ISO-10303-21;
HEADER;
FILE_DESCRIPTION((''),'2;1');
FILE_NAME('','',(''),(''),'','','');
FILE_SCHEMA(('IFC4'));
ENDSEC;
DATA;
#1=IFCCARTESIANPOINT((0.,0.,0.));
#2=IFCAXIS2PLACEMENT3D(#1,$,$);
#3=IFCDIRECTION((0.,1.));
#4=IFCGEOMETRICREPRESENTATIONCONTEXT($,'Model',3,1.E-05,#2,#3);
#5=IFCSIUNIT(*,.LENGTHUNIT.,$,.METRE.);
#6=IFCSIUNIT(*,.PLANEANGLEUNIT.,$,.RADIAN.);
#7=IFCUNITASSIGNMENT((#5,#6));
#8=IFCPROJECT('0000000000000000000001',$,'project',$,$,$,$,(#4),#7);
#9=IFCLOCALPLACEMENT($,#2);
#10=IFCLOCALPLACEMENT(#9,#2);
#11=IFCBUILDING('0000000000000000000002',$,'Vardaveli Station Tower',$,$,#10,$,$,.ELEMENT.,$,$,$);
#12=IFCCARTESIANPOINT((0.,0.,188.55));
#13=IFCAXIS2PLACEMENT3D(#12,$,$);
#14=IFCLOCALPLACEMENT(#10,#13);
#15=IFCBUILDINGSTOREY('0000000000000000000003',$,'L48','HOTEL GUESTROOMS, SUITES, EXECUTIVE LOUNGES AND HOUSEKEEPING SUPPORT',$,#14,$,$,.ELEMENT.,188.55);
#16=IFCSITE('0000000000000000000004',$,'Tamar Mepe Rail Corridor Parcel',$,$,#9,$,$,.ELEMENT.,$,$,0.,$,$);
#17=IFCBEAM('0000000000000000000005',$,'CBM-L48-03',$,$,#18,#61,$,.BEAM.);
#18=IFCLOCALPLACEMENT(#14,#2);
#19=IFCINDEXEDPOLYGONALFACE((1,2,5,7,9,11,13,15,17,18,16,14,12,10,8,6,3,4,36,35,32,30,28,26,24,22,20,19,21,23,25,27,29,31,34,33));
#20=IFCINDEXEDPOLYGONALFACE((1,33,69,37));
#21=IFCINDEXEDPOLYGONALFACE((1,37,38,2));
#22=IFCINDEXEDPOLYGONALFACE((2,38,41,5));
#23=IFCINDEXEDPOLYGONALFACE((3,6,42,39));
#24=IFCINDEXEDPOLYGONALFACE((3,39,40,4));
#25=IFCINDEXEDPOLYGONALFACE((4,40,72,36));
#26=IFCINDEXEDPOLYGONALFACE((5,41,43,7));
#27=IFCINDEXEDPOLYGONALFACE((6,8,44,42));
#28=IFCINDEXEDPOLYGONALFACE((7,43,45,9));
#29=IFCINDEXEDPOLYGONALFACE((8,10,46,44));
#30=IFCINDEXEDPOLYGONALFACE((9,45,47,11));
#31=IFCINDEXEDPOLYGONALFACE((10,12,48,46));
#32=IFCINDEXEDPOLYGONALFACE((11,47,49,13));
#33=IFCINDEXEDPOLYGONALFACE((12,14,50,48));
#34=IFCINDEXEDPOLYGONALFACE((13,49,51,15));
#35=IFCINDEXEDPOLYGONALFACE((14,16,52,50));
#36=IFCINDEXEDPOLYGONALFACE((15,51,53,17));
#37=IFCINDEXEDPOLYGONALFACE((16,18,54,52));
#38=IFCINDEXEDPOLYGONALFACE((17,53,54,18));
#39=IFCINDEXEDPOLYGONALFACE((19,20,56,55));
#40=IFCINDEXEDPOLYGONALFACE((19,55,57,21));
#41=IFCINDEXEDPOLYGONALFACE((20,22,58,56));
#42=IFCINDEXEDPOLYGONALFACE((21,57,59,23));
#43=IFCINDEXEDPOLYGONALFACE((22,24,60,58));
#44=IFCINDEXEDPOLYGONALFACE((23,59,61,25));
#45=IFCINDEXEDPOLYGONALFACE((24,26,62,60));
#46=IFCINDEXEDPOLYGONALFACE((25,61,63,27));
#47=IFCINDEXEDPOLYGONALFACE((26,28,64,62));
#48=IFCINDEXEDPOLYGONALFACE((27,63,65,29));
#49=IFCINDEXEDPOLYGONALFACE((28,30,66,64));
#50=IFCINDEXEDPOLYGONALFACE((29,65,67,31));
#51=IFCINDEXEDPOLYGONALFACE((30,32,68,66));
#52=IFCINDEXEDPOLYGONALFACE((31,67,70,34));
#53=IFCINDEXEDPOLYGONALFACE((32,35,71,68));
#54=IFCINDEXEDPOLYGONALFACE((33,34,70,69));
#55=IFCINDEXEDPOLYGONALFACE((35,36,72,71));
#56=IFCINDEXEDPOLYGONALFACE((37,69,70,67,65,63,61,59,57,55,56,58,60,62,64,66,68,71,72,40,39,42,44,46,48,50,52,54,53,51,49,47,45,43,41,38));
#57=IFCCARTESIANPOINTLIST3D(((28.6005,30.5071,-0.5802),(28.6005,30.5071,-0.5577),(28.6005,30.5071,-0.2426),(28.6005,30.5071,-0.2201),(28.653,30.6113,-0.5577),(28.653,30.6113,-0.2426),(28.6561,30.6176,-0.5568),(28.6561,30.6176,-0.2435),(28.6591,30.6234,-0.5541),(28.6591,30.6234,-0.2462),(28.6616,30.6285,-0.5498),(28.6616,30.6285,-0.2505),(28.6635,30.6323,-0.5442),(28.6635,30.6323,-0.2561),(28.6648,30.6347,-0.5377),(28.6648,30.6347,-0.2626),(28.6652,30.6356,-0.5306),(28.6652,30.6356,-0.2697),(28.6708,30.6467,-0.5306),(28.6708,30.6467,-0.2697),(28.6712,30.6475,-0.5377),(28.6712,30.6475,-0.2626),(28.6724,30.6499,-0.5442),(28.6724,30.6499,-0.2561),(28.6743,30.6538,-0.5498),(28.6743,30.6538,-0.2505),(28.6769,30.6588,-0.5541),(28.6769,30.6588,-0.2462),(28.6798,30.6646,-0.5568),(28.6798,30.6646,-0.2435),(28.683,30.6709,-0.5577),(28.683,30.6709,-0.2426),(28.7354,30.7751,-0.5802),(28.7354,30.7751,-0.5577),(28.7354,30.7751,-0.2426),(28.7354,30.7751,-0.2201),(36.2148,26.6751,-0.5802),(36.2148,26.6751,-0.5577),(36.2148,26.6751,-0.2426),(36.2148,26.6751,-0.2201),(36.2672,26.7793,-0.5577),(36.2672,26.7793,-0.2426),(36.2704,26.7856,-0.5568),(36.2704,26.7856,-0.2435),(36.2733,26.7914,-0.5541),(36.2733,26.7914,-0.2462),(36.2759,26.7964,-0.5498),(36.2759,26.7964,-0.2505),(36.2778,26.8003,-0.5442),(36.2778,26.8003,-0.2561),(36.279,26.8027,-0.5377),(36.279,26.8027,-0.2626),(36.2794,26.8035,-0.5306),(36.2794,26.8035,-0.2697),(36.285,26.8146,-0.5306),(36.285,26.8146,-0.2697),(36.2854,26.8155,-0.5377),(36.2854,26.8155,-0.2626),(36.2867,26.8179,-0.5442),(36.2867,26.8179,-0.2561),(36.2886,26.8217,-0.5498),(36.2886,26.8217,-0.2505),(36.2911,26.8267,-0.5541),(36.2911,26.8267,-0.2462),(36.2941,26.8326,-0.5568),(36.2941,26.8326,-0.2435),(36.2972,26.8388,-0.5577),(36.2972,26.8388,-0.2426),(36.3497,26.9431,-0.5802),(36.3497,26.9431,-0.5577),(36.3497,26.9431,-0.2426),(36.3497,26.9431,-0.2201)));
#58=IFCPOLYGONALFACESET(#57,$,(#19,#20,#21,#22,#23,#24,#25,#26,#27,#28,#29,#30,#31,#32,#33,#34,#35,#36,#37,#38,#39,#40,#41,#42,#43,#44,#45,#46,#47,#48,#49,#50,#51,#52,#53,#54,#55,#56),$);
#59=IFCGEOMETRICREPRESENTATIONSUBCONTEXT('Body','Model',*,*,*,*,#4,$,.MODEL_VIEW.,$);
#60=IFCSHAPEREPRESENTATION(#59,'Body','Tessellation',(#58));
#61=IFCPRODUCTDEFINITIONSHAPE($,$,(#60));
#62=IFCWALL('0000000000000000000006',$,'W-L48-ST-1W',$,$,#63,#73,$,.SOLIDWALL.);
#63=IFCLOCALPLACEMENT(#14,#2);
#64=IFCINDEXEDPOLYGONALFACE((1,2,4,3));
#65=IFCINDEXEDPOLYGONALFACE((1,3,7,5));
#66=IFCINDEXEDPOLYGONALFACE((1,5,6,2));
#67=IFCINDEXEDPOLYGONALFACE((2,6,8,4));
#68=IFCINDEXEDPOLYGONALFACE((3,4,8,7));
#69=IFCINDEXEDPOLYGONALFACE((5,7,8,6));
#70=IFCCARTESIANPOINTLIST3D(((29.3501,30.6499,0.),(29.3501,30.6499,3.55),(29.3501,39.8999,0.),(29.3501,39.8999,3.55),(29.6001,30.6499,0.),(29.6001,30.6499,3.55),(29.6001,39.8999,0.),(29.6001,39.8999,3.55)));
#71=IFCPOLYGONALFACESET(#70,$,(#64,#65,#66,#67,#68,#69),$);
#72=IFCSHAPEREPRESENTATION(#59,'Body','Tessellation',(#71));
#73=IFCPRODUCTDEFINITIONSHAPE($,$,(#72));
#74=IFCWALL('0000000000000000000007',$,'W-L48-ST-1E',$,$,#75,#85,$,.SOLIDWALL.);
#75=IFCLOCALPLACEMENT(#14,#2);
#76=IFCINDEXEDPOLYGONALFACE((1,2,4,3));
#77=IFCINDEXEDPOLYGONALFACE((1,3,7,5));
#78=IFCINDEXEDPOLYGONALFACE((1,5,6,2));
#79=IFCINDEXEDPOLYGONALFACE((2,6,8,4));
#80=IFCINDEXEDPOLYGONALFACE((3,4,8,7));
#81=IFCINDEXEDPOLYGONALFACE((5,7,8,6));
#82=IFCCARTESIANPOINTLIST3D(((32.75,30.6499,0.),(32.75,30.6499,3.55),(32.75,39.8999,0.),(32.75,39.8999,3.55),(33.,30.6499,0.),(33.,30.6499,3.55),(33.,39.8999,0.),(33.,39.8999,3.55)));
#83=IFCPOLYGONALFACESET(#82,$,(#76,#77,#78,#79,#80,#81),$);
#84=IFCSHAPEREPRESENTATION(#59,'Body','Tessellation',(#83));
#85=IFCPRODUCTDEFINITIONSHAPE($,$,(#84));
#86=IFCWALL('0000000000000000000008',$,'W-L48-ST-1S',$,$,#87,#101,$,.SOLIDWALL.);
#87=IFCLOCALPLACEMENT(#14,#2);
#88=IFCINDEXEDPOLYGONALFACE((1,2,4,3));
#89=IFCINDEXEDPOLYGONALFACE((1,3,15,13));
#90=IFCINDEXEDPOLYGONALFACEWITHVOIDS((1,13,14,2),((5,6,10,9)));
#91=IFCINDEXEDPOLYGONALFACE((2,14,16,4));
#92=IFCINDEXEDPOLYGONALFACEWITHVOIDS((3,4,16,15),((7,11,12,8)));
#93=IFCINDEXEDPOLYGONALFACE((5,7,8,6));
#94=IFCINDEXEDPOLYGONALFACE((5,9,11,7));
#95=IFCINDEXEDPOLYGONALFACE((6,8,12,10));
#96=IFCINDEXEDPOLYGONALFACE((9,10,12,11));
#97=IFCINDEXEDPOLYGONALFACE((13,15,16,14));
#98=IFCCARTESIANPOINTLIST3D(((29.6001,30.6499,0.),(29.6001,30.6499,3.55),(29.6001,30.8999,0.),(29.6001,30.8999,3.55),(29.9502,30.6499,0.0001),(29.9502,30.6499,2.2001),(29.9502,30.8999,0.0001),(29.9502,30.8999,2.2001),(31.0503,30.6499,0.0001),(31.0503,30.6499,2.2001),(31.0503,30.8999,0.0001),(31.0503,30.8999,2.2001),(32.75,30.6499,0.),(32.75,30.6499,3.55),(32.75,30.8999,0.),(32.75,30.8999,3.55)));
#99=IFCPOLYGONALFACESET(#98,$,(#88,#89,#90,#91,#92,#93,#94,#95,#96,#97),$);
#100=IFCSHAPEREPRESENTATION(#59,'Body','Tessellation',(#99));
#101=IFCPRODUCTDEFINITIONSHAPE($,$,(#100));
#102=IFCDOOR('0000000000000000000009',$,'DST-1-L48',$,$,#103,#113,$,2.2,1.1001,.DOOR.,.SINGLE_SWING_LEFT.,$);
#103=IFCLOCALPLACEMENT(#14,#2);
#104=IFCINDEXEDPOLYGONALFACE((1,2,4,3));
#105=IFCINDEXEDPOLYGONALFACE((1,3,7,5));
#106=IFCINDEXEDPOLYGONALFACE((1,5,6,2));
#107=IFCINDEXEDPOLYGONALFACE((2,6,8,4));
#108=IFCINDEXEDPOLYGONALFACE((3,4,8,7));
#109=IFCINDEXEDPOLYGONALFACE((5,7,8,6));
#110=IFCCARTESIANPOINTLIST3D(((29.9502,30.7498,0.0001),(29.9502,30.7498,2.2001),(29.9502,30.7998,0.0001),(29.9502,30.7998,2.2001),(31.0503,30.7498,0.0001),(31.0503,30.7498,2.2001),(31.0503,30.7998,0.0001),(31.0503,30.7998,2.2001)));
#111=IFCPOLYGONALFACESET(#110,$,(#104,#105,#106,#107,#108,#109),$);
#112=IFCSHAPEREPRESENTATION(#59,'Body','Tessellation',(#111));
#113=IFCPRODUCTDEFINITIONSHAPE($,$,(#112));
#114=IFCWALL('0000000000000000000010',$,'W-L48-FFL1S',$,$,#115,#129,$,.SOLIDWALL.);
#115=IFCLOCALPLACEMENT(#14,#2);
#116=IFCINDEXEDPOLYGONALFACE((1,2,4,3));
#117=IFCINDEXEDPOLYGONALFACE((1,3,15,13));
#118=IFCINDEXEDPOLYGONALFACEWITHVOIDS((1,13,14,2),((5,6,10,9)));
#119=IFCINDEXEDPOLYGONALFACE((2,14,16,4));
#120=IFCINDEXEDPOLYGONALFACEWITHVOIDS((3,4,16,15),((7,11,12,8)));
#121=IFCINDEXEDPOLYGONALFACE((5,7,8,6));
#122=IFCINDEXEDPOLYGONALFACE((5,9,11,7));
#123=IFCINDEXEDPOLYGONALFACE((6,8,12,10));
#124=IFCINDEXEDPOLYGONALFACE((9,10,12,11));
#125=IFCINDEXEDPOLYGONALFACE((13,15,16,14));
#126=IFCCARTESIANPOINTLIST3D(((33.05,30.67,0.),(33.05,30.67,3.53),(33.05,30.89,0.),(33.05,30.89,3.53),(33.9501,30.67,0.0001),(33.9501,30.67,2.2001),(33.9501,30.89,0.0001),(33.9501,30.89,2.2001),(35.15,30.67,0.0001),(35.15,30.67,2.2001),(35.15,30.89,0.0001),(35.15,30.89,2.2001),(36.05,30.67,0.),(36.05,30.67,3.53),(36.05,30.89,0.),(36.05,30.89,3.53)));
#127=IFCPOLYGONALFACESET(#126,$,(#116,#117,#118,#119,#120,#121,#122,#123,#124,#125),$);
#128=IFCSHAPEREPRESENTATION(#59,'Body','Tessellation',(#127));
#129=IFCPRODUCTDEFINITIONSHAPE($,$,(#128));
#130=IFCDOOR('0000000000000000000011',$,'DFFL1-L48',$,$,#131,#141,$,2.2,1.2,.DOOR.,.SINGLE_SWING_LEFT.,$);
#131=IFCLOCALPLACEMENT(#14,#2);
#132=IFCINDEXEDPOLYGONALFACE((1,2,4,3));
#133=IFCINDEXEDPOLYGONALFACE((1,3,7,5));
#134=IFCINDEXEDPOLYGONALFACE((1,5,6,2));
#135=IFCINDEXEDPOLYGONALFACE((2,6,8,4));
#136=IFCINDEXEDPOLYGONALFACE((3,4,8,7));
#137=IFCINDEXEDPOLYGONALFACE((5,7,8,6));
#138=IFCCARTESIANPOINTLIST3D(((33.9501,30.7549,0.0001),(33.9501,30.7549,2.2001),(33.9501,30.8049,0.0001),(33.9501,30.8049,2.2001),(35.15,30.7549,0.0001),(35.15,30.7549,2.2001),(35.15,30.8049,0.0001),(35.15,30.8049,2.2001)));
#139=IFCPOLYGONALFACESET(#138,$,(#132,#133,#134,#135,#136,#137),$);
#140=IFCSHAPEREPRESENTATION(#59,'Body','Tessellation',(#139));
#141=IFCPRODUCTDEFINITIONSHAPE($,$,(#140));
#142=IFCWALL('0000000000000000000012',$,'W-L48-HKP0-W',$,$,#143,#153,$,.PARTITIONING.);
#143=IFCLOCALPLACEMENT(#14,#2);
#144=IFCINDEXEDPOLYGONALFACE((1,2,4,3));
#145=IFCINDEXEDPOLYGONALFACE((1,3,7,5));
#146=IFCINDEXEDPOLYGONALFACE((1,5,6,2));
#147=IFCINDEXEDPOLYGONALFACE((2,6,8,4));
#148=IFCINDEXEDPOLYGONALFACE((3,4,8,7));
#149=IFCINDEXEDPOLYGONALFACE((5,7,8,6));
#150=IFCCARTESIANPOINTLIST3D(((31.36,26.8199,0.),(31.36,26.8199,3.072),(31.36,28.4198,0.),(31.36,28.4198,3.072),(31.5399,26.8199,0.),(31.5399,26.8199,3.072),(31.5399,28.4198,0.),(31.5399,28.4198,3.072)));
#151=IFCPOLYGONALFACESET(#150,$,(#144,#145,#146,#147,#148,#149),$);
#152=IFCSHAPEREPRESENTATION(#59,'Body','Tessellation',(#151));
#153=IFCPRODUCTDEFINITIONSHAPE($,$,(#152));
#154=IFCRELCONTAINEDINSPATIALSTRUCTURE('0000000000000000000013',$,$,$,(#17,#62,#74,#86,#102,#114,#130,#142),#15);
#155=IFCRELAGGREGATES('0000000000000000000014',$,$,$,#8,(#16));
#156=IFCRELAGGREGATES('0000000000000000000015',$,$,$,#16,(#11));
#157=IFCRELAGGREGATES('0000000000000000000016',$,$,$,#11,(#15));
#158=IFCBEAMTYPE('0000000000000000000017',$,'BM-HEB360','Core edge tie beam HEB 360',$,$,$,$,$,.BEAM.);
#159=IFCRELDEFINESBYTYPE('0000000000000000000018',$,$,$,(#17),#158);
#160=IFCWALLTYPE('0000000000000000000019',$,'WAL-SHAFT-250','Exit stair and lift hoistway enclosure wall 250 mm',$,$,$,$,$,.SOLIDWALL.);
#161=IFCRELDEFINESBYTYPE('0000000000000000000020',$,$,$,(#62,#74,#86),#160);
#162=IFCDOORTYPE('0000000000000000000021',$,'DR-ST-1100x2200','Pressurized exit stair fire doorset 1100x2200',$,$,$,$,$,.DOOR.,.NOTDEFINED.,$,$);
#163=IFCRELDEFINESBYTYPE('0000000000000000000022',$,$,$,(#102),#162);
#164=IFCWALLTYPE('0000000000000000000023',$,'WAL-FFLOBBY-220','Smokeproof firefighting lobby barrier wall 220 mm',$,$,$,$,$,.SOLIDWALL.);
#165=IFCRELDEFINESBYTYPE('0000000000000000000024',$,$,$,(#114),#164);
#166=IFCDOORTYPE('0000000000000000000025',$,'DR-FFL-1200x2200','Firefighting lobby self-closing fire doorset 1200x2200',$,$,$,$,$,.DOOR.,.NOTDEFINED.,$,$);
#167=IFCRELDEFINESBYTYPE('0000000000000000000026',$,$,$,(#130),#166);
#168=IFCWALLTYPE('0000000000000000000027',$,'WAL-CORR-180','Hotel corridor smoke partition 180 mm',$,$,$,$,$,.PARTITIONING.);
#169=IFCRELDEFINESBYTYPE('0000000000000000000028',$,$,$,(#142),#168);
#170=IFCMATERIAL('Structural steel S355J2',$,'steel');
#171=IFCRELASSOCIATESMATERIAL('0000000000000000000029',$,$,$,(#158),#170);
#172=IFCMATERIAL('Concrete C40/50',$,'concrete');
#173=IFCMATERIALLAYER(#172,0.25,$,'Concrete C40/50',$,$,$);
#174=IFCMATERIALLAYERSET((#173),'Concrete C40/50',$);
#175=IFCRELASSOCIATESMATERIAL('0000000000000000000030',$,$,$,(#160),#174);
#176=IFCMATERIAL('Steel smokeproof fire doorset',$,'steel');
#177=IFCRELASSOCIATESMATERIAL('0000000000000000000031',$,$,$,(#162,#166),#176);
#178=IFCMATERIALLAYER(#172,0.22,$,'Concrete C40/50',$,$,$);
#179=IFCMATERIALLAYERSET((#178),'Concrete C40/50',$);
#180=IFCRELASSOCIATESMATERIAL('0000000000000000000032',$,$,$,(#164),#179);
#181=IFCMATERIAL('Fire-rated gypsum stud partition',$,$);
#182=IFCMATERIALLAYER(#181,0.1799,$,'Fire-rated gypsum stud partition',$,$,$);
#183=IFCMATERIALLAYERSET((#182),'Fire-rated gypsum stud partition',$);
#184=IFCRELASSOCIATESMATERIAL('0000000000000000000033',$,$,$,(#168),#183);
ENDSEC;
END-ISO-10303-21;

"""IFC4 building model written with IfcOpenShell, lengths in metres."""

from ifc_helpers import new_model, si_unit, direction, frame, frame_2d, origin, origin_2d, place, context, subcontext, project, spatial, rectangle, i_section, extrude, source, transform, mapped, material, layer, layer_set, material_profile, profile_set, type_object, element, fill, save


model = new_model("IFC4")

# Units and contexts
model_context = context("Model", 3, precision=1e-05, world=origin(), true_north=direction((0.0, 1.0)))
body_context = subcontext(model_context, "Body", "Model", "MODEL_VIEW")
ifc_project = project(units=[si_unit("LENGTHUNIT", "METRE"), si_unit("PLANEANGLEUNIT", "RADIAN")], contexts=[model_context])

# Site, building, storey
site_placement = place(None, origin())
site = spatial("IfcSite", under=ifc_project, at=site_placement, Name="Tamar Mepe Rail Corridor Parcel", CompositionType="ELEMENT", RefElevation=0.0)
building_placement = place(site_placement, origin())
building = spatial("IfcBuilding", under=site, at=building_placement, Name="Vardaveli Station Tower", CompositionType="ELEMENT")
storey_placement = place(building_placement, frame((0.0, 0.0, 188.55)))
storey = spatial("IfcBuildingStorey", under=building, at=storey_placement, Name="L48", Description="HOTEL GUESTROOMS, SUITES, EXECUTIVE LOUNGES AND HOUSEKEEPING SUPPORT", CompositionType="ELEMENT", Elevation=188.55)

# Beam
ifc_material_1 = material(Name="Structural steel S355J2", Category="steel")
ifc_material_profile_1 = material_profile(ifc_material_1, i_section(OverallWidth=0.3, OverallDepth=0.3601, WebThickness=0.0125, FlangeThickness=0.0225, FilletRadius=0.0271, at=origin_2d()), Name="HEB 360")
ifc_profile_set_1 = profile_set([ifc_material_profile_1], Name="Structural steel S355J2")
beam_type_1 = type_object("IfcBeamType", Name="BM-HEB360", Description="Core edge tie beam HEB 360", PredefinedType="BEAM", material=ifc_profile_set_1)
shared_shape_1 = source(origin(), body_context, "Body", "SweptSolid", [
    extrude(i_section(OverallWidth=0.3, OverallDepth=0.3601, WebThickness=0.0125, FlangeThickness=0.0225, FilletRadius=0.0271, at=origin_2d()), origin(), (0.0, 0.0, 1.0), 8.5242),
])
beam_1_placement = place(storey_placement, frame((28.668, 30.6411, -0.4001), z_axis=(0.893256, -0.449549, 0.0), x_axis=(0.449549, 0.893256, 0.0)))
element("IfcBeam", 1, at=beam_1_placement, inside=storey, type_object=beam_type_1, Name="CBM-L48-03", PredefinedType="BEAM", context=body_context, shape_type="MappedRepresentation", body=[
    mapped(shared_shape_1, transform((0.0, 0.0, 0.0), scale=1.0)),
])

# Walls
ifc_material_2 = material(Name="Concrete C40/50", Category="concrete")
ifc_layer_1 = layer(ifc_material_2, 0.25, Name="Concrete C40/50")
ifc_layer_set_1 = layer_set([ifc_layer_1], Name="Concrete C40/50")
wall_type_1 = type_object("IfcWallType", Name="WAL-SHAFT-250", Description="Exit stair and lift hoistway enclosure wall 250 mm", PredefinedType="SOLIDWALL", material=ifc_layer_set_1)
shared_shape_2 = source(origin(), body_context, "Body", "SweptSolid", [
    extrude(rectangle(XDim=9.25, YDim=0.25, at=frame_2d((4.625, 0.0))), origin(), (0.0, 0.0, 1.0), 3.55),
])
for number, where, z_axis, x_axis, name in (
    (2, (29.4751, 30.6499, 0.0), (0.0, 0.0, 1.0), (0.0, 1.0, 0.0), "W-L48-ST-1W"),
    (3, (32.875, 30.6499, 0.0), (0.0, 0.0, 1.0), (0.0, 1.0, 0.0), "W-L48-ST-1E"),
):
    element("IfcWall", number, at=place(storey_placement, frame(where, z_axis=z_axis, x_axis=x_axis)), inside=storey, type_object=wall_type_1, Name=name, PredefinedType="SOLIDWALL", context=body_context, shape_type="MappedRepresentation", body=[
        mapped(shared_shape_2, transform((0.0, 0.0, 0.0), scale=1.0)),
    ])

# Walls, openings, doors
shared_shape_3 = source(origin(), body_context, "Body", "SweptSolid", [
    extrude(rectangle(XDim=3.1499, YDim=0.25, at=frame_2d((1.575, 0.0))), origin(), (0.0, 0.0, 1.0), 3.55),
])
wall_1_placement = place(storey_placement, frame((29.6001, 30.7749, 0.0), z_axis=(0.0, 0.0, 1.0), x_axis=(1.0, 0.0, 0.0)))
wall_1 = element("IfcWall", 4, at=wall_1_placement, inside=storey, type_object=wall_type_1, Name="W-L48-ST-1S", PredefinedType="SOLIDWALL", context=body_context, shape_type="MappedRepresentation", body=[
    mapped(shared_shape_3, transform((0.0, 0.0, 0.0), scale=1.0)),
])
shared_shape_4 = source(origin(), body_context, "Body", "SweptSolid", [
    extrude(rectangle(XDim=1.1001, YDim=2.2, at=frame_2d((0.55, 1.1001))), frame((0.0, 0.135, 0.0), z_axis=(0.0, -1.0, 0.0), x_axis=(1.0, 0.0, 0.0)), (0.0, 0.0, 1.0), 0.27),
])
opening_1_placement = place(wall_1_placement, frame((0.3501, 0.0, 0.0)))
opening_1 = element("IfcOpeningElement", 5, at=opening_1_placement, cuts=wall_1, PredefinedType="OPENING", context=body_context, shape_type="MappedRepresentation", body=[
    mapped(shared_shape_4, transform((0.0, 0.0, 0.0), scale=1.0)),
])
ifc_material_3 = material(Name="Steel smokeproof fire doorset", Category="steel")
door_type_1 = type_object("IfcDoorType", Name="DR-ST-1100x2200", Description="Pressurized exit stair fire doorset 1100x2200", OperationType="NOTDEFINED", PredefinedType="DOOR", material=ifc_material_3)
shared_shape_5 = source(origin(), body_context, "Body", "SweptSolid", [
    extrude(rectangle(XDim=1.1001, YDim=2.2, at=frame_2d((0.55, 1.1001))), frame((0.0, 0.0249, 0.0), z_axis=(0.0, -1.0, 0.0), x_axis=(1.0, 0.0, 0.0)), (0.0, 0.0, 1.0), 0.05),
])
door_1_placement = place(opening_1_placement, origin())
door_1 = element("IfcDoor", 6, at=door_1_placement, inside=storey, type_object=door_type_1, Name="DST-1-L48", OperationType="SINGLE_SWING_LEFT", OverallHeight=2.2, OverallWidth=1.1001, PredefinedType="DOOR", context=body_context, shape_type="MappedRepresentation", body=[
    mapped(shared_shape_5, transform((0.0, 0.0, 0.0), scale=1.0)),
])
fill(opening_1, door_1)
ifc_layer_2 = layer(ifc_material_2, 0.22, Name="Concrete C40/50")
ifc_layer_set_2 = layer_set([ifc_layer_2], Name="Concrete C40/50")
wall_type_2 = type_object("IfcWallType", Name="WAL-FFLOBBY-220", Description="Smokeproof firefighting lobby barrier wall 220 mm", PredefinedType="SOLIDWALL", material=ifc_layer_set_2)
shared_shape_6 = source(origin(), body_context, "Body", "SweptSolid", [
    extrude(rectangle(XDim=3.0, YDim=0.22, at=frame_2d((1.5, 0.0))), origin(), (0.0, 0.0, 1.0), 3.53),
])
wall_2_placement = place(storey_placement, frame((33.05, 30.78, 0.0), z_axis=(0.0, 0.0, 1.0), x_axis=(1.0, 0.0, 0.0)))
wall_2 = element("IfcWall", 7, at=wall_2_placement, inside=storey, type_object=wall_type_2, Name="W-L48-FFL1S", PredefinedType="SOLIDWALL", context=body_context, shape_type="MappedRepresentation", body=[
    mapped(shared_shape_6, transform((0.0, 0.0, 0.0), scale=1.0)),
])
shared_shape_7 = source(origin(), body_context, "Body", "SweptSolid", [
    extrude(rectangle(XDim=1.2, YDim=2.2, at=frame_2d((0.6001, 1.1001))), frame((0.0, 0.1201, 0.0), z_axis=(0.0, -1.0, 0.0), x_axis=(1.0, 0.0, 0.0)), (0.0, 0.0, 1.0), 0.24),
])
opening_2_placement = place(wall_2_placement, frame((0.8999, 0.0, 0.0)))
opening_2 = element("IfcOpeningElement", 8, at=opening_2_placement, cuts=wall_2, PredefinedType="OPENING", context=body_context, shape_type="MappedRepresentation", body=[
    mapped(shared_shape_7, transform((0.0, 0.0, 0.0), scale=1.0)),
])
door_type_2 = type_object("IfcDoorType", Name="DR-FFL-1200x2200", Description="Firefighting lobby self-closing fire doorset 1200x2200", OperationType="NOTDEFINED", PredefinedType="DOOR", material=ifc_material_3)
shared_shape_8 = source(origin(), body_context, "Body", "SweptSolid", [
    extrude(rectangle(XDim=1.2, YDim=2.2, at=frame_2d((0.6001, 1.1001))), frame((0.0, 0.0249, 0.0), z_axis=(0.0, -1.0, 0.0), x_axis=(1.0, 0.0, 0.0)), (0.0, 0.0, 1.0), 0.05),
])
door_2_placement = place(opening_2_placement, origin())
door_2 = element("IfcDoor", 9, at=door_2_placement, inside=storey, type_object=door_type_2, Name="DFFL1-L48", OperationType="SINGLE_SWING_LEFT", OverallHeight=2.2, OverallWidth=1.2, PredefinedType="DOOR", context=body_context, shape_type="MappedRepresentation", body=[
    mapped(shared_shape_8, transform((0.0, 0.0, 0.0), scale=1.0)),
])
fill(opening_2, door_2)

# Wall
ifc_material_4 = material(Name="Fire-rated gypsum stud partition")
ifc_layer_3 = layer(ifc_material_4, 0.1799, Name="Fire-rated gypsum stud partition")
ifc_layer_set_3 = layer_set([ifc_layer_3], Name="Fire-rated gypsum stud partition")
wall_type_3 = type_object("IfcWallType", Name="WAL-CORR-180", Description="Hotel corridor smoke partition 180 mm", PredefinedType="PARTITIONING", material=ifc_layer_set_3)
shared_shape_9 = source(origin(), body_context, "Body", "SweptSolid", [
    extrude(rectangle(XDim=1.5999, YDim=0.1799, at=frame_2d((0.7998, 0.0))), origin(), (0.0, 0.0, 1.0), 3.072),
])
wall_3_placement = place(storey_placement, frame((31.45, 26.8201, 0.0), z_axis=(0.0, 0.0, 1.0), x_axis=(0.0, 1.0, 0.0)))
element("IfcWall", 10, at=wall_3_placement, inside=storey, type_object=wall_type_3, Name="W-L48-HKP0-W", PredefinedType="PARTITIONING", context=body_context, shape_type="MappedRepresentation", body=[
    mapped(shared_shape_9, transform((0.0, 0.0, 0.0), scale=1.0)),
])

save(model, "model.ifc")
